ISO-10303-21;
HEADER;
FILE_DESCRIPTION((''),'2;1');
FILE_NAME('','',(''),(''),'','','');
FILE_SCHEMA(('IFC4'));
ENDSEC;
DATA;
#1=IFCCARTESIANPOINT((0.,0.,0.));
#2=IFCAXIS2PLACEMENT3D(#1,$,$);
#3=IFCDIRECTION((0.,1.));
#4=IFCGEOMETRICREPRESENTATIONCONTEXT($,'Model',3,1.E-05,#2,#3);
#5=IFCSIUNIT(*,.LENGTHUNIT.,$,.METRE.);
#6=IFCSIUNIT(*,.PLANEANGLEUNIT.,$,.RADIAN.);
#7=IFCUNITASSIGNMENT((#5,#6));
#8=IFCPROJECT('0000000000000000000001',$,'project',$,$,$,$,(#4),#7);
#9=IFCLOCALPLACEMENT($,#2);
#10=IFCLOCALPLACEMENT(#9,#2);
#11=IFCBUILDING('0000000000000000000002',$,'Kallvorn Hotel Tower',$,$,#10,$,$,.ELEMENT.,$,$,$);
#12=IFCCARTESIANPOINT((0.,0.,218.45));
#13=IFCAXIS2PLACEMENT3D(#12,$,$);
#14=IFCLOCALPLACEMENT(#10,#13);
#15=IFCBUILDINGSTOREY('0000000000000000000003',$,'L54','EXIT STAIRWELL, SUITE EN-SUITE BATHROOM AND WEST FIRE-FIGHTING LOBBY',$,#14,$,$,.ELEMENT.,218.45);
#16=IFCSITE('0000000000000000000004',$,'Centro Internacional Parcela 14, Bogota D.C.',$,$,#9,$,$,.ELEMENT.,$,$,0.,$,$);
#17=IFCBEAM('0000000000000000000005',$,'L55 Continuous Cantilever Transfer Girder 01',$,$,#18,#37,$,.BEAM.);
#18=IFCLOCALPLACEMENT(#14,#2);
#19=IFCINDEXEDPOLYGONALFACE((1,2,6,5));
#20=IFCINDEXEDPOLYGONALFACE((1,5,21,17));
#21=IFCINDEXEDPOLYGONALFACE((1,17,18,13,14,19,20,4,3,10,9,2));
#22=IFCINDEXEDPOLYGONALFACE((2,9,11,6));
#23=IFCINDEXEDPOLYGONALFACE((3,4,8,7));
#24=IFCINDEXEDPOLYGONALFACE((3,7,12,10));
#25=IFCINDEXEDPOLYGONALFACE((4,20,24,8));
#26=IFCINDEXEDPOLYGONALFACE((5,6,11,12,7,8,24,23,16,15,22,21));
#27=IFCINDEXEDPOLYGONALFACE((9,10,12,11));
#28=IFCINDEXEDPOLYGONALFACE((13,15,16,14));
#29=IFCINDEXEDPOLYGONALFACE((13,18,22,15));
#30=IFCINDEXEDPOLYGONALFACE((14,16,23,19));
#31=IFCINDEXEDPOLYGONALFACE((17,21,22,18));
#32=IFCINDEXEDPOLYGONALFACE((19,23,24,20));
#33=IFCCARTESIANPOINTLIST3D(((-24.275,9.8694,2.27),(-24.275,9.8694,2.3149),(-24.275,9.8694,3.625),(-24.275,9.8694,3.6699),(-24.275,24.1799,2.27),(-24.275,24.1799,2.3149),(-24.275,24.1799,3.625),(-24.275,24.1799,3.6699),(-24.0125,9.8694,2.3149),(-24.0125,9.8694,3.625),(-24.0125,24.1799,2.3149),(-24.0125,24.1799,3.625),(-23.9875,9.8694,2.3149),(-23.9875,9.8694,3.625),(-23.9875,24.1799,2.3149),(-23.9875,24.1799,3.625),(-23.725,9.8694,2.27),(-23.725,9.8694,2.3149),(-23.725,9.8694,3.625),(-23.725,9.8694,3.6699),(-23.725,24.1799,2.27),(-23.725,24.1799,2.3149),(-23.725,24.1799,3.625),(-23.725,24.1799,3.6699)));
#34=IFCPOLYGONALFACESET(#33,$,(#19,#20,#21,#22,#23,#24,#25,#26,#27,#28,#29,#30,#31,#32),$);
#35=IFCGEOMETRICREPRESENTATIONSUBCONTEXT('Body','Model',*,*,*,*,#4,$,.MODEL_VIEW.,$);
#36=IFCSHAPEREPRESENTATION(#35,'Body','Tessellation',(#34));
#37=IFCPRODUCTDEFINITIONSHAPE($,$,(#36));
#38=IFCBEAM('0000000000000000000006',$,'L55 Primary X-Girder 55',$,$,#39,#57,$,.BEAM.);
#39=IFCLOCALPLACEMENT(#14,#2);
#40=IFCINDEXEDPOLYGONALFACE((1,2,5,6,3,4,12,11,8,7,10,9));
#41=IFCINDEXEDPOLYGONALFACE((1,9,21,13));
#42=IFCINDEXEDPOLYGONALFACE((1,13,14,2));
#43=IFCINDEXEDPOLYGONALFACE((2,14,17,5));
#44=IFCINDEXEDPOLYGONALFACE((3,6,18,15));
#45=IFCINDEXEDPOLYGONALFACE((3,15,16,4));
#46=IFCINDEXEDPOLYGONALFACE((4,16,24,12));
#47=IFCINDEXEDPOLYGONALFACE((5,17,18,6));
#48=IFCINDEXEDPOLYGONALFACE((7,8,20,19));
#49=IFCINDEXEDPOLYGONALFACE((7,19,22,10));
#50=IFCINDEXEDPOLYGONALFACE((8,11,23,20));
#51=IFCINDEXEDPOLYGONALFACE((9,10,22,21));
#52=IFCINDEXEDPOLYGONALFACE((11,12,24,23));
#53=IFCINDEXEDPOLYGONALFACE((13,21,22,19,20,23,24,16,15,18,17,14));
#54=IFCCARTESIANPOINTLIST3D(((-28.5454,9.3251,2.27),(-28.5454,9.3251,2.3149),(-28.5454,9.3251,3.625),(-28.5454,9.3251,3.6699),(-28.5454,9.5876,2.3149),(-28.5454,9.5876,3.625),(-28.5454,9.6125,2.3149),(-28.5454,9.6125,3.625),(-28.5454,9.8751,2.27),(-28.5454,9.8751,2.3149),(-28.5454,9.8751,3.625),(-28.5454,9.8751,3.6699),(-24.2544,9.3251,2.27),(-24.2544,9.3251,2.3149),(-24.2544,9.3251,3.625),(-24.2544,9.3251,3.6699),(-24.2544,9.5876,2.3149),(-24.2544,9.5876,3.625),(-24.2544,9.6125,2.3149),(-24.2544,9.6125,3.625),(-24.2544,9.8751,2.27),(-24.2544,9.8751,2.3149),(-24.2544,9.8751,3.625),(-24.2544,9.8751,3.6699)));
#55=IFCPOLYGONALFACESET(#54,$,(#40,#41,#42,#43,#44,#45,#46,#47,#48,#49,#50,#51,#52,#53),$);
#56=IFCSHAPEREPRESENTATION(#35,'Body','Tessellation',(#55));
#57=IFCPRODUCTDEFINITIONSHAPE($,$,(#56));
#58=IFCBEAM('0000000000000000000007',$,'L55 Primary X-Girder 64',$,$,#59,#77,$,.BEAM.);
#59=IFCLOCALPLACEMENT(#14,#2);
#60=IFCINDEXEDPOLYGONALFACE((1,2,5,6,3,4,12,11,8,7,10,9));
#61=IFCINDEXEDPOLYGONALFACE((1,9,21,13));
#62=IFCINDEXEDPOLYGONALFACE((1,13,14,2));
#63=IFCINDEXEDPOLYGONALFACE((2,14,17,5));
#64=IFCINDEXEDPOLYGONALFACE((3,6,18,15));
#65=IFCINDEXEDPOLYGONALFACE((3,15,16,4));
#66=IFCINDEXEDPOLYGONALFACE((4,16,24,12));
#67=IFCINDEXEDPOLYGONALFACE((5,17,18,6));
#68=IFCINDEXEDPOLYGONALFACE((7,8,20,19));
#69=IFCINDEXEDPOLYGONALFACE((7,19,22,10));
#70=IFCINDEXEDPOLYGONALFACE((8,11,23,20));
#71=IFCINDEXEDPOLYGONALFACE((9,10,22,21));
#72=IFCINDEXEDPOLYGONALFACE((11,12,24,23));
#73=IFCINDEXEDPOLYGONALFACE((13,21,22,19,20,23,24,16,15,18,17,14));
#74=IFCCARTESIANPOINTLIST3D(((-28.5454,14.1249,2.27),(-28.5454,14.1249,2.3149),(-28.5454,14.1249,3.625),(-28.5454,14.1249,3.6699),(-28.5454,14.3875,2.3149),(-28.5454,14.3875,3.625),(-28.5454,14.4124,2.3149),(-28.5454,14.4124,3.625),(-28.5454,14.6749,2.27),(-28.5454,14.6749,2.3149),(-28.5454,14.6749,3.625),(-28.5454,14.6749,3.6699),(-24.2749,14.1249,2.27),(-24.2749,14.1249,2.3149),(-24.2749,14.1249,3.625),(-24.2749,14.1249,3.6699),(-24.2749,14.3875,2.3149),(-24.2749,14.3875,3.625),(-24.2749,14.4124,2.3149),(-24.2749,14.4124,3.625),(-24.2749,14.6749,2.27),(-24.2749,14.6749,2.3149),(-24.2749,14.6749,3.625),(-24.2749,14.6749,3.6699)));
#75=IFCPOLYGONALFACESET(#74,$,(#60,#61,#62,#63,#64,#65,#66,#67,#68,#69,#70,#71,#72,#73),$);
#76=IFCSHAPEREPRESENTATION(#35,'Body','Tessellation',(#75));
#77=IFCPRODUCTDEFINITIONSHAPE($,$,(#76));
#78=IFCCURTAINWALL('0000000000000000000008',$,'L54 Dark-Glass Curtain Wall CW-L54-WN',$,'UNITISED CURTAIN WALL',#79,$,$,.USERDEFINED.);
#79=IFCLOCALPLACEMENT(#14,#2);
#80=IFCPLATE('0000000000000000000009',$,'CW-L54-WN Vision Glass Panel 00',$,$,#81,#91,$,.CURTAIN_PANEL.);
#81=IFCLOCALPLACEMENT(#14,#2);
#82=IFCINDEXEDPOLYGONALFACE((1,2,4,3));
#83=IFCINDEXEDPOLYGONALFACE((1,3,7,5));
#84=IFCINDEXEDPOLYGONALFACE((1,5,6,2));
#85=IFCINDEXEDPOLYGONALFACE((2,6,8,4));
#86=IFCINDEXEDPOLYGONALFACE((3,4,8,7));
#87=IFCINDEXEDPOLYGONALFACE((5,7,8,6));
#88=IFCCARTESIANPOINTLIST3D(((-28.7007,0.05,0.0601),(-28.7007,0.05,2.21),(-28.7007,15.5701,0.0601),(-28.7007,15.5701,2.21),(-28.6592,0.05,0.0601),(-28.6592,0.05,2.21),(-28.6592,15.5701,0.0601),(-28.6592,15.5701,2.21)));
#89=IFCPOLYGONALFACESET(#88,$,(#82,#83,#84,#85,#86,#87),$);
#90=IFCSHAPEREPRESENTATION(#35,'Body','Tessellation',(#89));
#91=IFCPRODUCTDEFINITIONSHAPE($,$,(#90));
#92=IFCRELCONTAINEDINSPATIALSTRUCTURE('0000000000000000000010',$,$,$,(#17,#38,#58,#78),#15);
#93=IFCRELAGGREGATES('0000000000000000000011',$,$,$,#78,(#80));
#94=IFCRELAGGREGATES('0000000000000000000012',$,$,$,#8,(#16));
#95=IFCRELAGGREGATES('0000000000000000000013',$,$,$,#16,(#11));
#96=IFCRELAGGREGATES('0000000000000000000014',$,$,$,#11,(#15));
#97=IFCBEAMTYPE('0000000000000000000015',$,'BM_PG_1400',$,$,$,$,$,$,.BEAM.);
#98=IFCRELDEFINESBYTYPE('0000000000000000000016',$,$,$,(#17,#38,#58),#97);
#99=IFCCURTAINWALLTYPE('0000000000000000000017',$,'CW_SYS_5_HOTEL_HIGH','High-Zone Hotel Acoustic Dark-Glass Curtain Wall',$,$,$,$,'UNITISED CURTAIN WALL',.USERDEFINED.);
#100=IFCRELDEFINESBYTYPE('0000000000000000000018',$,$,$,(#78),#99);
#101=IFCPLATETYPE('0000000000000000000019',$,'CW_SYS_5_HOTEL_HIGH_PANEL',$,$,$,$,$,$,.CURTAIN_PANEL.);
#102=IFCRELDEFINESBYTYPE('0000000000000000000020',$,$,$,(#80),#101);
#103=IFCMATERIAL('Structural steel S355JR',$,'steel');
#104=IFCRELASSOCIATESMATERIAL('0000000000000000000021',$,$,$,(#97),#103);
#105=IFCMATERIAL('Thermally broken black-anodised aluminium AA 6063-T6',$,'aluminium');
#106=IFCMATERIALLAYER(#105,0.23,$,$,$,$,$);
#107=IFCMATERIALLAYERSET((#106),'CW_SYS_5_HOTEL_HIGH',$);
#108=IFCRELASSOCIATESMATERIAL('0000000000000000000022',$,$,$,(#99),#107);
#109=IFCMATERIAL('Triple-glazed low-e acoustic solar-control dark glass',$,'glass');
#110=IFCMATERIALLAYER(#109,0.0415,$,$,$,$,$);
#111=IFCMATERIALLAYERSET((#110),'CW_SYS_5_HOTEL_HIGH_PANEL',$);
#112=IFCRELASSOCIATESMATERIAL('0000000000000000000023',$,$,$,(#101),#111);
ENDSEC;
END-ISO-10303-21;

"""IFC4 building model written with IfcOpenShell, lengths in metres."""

from ifc_helpers import new_model, si_unit, direction, frame, origin, origin_2d, place, context, subcontext, project, spatial, rectangle, i_section, extrude, material, layer, layer_set, material_profile, profile_set, type_object, element, aggregate, save


model = new_model("IFC4")

# Units and contexts
model_context = context("Model", 3, precision=1e-05, world=origin(), true_north=direction((0.0, 1.0)))
body_context = subcontext(model_context, "Body", "Model", "MODEL_VIEW")
ifc_project = project(units=[si_unit("LENGTHUNIT", "METRE"), si_unit("PLANEANGLEUNIT", "RADIAN")], contexts=[model_context])

# Site, building, storey
site_placement = place(None, origin())
site = spatial("IfcSite", under=ifc_project, at=site_placement, Name="Centro Internacional Parcela 14, Bogota D.C.", CompositionType="ELEMENT", RefElevation=0.0)
building_placement = place(site_placement, origin())
building = spatial("IfcBuilding", under=site, at=building_placement, Name="Kallvorn Hotel Tower", CompositionType="ELEMENT")
storey_placement = place(building_placement, frame((0.0, 0.0, 218.45)))
storey = spatial("IfcBuildingStorey", under=building, at=storey_placement, Name="L54", Description="EXIT STAIRWELL, SUITE EN-SUITE BATHROOM AND WEST FIRE-FIGHTING LOBBY", CompositionType="ELEMENT", Elevation=218.45)

# Beams
ifc_material_1 = material(Name="Structural steel S355JR", Category="steel")
ifc_material_profile_1 = material_profile(ifc_material_1, i_section(OverallWidth=0.55, OverallDepth=1.3999, WebThickness=0.0249, FlangeThickness=0.0449, at=origin_2d()), Name="PG 1400x550x25x45")
ifc_profile_set_1 = profile_set([ifc_material_profile_1], Name="Structural steel S355JR")
beam_type_1 = type_object("IfcBeamType", Name="BM_PG_1400", PredefinedType="BEAM", material=ifc_profile_set_1)
beam_1_placement = place(storey_placement, frame((-24.0, 9.8694, 2.97), z_axis=(0.0, 1.0, 0.0), x_axis=(-1.0, 0.0, 0.0)))
element("IfcBeam", 1, at=beam_1_placement, inside=storey, type_object=beam_type_1, Name="L55 Continuous Cantilever Transfer Girder 01", PredefinedType="BEAM", context=body_context, shape_type="SweptSolid", body=[
    extrude(i_section(OverallWidth=0.55, OverallDepth=1.3999, WebThickness=0.0249, FlangeThickness=0.0449, at=origin_2d()), origin(), (0.0, 0.0, 1.0), 14.3105),
])
beam_2_placement = place(storey_placement, frame((-28.5454, 9.6001, 2.97), z_axis=(1.0, 0.0, 0.0), x_axis=(0.0, 1.0, 0.0)))
element("IfcBeam", 2, at=beam_2_placement, inside=storey, type_object=beam_type_1, Name="L55 Primary X-Girder 55", PredefinedType="BEAM", context=body_context, shape_type="SweptSolid", body=[
    extrude(i_section(OverallWidth=0.55, OverallDepth=1.3999, WebThickness=0.0249, FlangeThickness=0.0449, at=origin_2d()), origin(), (0.0, 0.0, 1.0), 4.291),
])
beam_3_placement = place(storey_placement, frame((-28.5454, 14.3999, 2.97), z_axis=(1.0, 0.0, 0.0), x_axis=(0.0, 1.0, 0.0)))
element("IfcBeam", 3, at=beam_3_placement, inside=storey, type_object=beam_type_1, Name="L55 Primary X-Girder 64", PredefinedType="BEAM", context=body_context, shape_type="SweptSolid", body=[
    extrude(i_section(OverallWidth=0.55, OverallDepth=1.3999, WebThickness=0.0249, FlangeThickness=0.0449, at=origin_2d()), origin(), (0.0, 0.0, 1.0), 4.2705),
])

# Curtain wall, plate
ifc_material_2 = material(Name="Thermally broken black-anodised aluminium AA 6063-T6", Category="aluminium")
ifc_layer_1 = layer(ifc_material_2, 0.23)
ifc_layer_set_1 = layer_set([ifc_layer_1], Name="CW_SYS_5_HOTEL_HIGH")
curtain_wall_type = type_object("IfcCurtainWallType", Name="CW_SYS_5_HOTEL_HIGH", Description="High-Zone Hotel Acoustic Dark-Glass Curtain Wall", ElementType="UNITISED CURTAIN WALL", PredefinedType="USERDEFINED", material=ifc_layer_set_1)
curtain_wall_placement = place(storey_placement, origin())
curtain_wall = element("IfcCurtainWall", 4, at=curtain_wall_placement, inside=storey, type_object=curtain_wall_type, Name="L54 Dark-Glass Curtain Wall CW-L54-WN", ObjectType="UNITISED CURTAIN WALL", PredefinedType="USERDEFINED")
ifc_material_3 = material(Name="Triple-glazed low-e acoustic solar-control dark glass", Category="glass")
ifc_layer_2 = layer(ifc_material_3, 0.0415)
ifc_layer_set_2 = layer_set([ifc_layer_2], Name="CW_SYS_5_HOTEL_HIGH_PANEL")
plate_type = type_object("IfcPlateType", Name="CW_SYS_5_HOTEL_HIGH_PANEL", PredefinedType="CURTAIN_PANEL", material=ifc_layer_set_2)
plate_placement = place(storey_placement, frame((-28.6799, 7.8101, 0.0601), z_axis=(0.0, 0.0, 1.0), x_axis=(0.0, 1.0, 0.0)))
plate = element("IfcPlate", 5, at=plate_placement, type_object=plate_type, Name="CW-L54-WN Vision Glass Panel 00", PredefinedType="CURTAIN_PANEL", context=body_context, shape_type="SweptSolid", body=[
    extrude(rectangle(XDim=15.52, YDim=0.0415, at=origin_2d()), origin(), (0.0, 0.0, 1.0), 2.1499),
])
aggregate(curtain_wall, [plate])

save(model, "model.ifc")
